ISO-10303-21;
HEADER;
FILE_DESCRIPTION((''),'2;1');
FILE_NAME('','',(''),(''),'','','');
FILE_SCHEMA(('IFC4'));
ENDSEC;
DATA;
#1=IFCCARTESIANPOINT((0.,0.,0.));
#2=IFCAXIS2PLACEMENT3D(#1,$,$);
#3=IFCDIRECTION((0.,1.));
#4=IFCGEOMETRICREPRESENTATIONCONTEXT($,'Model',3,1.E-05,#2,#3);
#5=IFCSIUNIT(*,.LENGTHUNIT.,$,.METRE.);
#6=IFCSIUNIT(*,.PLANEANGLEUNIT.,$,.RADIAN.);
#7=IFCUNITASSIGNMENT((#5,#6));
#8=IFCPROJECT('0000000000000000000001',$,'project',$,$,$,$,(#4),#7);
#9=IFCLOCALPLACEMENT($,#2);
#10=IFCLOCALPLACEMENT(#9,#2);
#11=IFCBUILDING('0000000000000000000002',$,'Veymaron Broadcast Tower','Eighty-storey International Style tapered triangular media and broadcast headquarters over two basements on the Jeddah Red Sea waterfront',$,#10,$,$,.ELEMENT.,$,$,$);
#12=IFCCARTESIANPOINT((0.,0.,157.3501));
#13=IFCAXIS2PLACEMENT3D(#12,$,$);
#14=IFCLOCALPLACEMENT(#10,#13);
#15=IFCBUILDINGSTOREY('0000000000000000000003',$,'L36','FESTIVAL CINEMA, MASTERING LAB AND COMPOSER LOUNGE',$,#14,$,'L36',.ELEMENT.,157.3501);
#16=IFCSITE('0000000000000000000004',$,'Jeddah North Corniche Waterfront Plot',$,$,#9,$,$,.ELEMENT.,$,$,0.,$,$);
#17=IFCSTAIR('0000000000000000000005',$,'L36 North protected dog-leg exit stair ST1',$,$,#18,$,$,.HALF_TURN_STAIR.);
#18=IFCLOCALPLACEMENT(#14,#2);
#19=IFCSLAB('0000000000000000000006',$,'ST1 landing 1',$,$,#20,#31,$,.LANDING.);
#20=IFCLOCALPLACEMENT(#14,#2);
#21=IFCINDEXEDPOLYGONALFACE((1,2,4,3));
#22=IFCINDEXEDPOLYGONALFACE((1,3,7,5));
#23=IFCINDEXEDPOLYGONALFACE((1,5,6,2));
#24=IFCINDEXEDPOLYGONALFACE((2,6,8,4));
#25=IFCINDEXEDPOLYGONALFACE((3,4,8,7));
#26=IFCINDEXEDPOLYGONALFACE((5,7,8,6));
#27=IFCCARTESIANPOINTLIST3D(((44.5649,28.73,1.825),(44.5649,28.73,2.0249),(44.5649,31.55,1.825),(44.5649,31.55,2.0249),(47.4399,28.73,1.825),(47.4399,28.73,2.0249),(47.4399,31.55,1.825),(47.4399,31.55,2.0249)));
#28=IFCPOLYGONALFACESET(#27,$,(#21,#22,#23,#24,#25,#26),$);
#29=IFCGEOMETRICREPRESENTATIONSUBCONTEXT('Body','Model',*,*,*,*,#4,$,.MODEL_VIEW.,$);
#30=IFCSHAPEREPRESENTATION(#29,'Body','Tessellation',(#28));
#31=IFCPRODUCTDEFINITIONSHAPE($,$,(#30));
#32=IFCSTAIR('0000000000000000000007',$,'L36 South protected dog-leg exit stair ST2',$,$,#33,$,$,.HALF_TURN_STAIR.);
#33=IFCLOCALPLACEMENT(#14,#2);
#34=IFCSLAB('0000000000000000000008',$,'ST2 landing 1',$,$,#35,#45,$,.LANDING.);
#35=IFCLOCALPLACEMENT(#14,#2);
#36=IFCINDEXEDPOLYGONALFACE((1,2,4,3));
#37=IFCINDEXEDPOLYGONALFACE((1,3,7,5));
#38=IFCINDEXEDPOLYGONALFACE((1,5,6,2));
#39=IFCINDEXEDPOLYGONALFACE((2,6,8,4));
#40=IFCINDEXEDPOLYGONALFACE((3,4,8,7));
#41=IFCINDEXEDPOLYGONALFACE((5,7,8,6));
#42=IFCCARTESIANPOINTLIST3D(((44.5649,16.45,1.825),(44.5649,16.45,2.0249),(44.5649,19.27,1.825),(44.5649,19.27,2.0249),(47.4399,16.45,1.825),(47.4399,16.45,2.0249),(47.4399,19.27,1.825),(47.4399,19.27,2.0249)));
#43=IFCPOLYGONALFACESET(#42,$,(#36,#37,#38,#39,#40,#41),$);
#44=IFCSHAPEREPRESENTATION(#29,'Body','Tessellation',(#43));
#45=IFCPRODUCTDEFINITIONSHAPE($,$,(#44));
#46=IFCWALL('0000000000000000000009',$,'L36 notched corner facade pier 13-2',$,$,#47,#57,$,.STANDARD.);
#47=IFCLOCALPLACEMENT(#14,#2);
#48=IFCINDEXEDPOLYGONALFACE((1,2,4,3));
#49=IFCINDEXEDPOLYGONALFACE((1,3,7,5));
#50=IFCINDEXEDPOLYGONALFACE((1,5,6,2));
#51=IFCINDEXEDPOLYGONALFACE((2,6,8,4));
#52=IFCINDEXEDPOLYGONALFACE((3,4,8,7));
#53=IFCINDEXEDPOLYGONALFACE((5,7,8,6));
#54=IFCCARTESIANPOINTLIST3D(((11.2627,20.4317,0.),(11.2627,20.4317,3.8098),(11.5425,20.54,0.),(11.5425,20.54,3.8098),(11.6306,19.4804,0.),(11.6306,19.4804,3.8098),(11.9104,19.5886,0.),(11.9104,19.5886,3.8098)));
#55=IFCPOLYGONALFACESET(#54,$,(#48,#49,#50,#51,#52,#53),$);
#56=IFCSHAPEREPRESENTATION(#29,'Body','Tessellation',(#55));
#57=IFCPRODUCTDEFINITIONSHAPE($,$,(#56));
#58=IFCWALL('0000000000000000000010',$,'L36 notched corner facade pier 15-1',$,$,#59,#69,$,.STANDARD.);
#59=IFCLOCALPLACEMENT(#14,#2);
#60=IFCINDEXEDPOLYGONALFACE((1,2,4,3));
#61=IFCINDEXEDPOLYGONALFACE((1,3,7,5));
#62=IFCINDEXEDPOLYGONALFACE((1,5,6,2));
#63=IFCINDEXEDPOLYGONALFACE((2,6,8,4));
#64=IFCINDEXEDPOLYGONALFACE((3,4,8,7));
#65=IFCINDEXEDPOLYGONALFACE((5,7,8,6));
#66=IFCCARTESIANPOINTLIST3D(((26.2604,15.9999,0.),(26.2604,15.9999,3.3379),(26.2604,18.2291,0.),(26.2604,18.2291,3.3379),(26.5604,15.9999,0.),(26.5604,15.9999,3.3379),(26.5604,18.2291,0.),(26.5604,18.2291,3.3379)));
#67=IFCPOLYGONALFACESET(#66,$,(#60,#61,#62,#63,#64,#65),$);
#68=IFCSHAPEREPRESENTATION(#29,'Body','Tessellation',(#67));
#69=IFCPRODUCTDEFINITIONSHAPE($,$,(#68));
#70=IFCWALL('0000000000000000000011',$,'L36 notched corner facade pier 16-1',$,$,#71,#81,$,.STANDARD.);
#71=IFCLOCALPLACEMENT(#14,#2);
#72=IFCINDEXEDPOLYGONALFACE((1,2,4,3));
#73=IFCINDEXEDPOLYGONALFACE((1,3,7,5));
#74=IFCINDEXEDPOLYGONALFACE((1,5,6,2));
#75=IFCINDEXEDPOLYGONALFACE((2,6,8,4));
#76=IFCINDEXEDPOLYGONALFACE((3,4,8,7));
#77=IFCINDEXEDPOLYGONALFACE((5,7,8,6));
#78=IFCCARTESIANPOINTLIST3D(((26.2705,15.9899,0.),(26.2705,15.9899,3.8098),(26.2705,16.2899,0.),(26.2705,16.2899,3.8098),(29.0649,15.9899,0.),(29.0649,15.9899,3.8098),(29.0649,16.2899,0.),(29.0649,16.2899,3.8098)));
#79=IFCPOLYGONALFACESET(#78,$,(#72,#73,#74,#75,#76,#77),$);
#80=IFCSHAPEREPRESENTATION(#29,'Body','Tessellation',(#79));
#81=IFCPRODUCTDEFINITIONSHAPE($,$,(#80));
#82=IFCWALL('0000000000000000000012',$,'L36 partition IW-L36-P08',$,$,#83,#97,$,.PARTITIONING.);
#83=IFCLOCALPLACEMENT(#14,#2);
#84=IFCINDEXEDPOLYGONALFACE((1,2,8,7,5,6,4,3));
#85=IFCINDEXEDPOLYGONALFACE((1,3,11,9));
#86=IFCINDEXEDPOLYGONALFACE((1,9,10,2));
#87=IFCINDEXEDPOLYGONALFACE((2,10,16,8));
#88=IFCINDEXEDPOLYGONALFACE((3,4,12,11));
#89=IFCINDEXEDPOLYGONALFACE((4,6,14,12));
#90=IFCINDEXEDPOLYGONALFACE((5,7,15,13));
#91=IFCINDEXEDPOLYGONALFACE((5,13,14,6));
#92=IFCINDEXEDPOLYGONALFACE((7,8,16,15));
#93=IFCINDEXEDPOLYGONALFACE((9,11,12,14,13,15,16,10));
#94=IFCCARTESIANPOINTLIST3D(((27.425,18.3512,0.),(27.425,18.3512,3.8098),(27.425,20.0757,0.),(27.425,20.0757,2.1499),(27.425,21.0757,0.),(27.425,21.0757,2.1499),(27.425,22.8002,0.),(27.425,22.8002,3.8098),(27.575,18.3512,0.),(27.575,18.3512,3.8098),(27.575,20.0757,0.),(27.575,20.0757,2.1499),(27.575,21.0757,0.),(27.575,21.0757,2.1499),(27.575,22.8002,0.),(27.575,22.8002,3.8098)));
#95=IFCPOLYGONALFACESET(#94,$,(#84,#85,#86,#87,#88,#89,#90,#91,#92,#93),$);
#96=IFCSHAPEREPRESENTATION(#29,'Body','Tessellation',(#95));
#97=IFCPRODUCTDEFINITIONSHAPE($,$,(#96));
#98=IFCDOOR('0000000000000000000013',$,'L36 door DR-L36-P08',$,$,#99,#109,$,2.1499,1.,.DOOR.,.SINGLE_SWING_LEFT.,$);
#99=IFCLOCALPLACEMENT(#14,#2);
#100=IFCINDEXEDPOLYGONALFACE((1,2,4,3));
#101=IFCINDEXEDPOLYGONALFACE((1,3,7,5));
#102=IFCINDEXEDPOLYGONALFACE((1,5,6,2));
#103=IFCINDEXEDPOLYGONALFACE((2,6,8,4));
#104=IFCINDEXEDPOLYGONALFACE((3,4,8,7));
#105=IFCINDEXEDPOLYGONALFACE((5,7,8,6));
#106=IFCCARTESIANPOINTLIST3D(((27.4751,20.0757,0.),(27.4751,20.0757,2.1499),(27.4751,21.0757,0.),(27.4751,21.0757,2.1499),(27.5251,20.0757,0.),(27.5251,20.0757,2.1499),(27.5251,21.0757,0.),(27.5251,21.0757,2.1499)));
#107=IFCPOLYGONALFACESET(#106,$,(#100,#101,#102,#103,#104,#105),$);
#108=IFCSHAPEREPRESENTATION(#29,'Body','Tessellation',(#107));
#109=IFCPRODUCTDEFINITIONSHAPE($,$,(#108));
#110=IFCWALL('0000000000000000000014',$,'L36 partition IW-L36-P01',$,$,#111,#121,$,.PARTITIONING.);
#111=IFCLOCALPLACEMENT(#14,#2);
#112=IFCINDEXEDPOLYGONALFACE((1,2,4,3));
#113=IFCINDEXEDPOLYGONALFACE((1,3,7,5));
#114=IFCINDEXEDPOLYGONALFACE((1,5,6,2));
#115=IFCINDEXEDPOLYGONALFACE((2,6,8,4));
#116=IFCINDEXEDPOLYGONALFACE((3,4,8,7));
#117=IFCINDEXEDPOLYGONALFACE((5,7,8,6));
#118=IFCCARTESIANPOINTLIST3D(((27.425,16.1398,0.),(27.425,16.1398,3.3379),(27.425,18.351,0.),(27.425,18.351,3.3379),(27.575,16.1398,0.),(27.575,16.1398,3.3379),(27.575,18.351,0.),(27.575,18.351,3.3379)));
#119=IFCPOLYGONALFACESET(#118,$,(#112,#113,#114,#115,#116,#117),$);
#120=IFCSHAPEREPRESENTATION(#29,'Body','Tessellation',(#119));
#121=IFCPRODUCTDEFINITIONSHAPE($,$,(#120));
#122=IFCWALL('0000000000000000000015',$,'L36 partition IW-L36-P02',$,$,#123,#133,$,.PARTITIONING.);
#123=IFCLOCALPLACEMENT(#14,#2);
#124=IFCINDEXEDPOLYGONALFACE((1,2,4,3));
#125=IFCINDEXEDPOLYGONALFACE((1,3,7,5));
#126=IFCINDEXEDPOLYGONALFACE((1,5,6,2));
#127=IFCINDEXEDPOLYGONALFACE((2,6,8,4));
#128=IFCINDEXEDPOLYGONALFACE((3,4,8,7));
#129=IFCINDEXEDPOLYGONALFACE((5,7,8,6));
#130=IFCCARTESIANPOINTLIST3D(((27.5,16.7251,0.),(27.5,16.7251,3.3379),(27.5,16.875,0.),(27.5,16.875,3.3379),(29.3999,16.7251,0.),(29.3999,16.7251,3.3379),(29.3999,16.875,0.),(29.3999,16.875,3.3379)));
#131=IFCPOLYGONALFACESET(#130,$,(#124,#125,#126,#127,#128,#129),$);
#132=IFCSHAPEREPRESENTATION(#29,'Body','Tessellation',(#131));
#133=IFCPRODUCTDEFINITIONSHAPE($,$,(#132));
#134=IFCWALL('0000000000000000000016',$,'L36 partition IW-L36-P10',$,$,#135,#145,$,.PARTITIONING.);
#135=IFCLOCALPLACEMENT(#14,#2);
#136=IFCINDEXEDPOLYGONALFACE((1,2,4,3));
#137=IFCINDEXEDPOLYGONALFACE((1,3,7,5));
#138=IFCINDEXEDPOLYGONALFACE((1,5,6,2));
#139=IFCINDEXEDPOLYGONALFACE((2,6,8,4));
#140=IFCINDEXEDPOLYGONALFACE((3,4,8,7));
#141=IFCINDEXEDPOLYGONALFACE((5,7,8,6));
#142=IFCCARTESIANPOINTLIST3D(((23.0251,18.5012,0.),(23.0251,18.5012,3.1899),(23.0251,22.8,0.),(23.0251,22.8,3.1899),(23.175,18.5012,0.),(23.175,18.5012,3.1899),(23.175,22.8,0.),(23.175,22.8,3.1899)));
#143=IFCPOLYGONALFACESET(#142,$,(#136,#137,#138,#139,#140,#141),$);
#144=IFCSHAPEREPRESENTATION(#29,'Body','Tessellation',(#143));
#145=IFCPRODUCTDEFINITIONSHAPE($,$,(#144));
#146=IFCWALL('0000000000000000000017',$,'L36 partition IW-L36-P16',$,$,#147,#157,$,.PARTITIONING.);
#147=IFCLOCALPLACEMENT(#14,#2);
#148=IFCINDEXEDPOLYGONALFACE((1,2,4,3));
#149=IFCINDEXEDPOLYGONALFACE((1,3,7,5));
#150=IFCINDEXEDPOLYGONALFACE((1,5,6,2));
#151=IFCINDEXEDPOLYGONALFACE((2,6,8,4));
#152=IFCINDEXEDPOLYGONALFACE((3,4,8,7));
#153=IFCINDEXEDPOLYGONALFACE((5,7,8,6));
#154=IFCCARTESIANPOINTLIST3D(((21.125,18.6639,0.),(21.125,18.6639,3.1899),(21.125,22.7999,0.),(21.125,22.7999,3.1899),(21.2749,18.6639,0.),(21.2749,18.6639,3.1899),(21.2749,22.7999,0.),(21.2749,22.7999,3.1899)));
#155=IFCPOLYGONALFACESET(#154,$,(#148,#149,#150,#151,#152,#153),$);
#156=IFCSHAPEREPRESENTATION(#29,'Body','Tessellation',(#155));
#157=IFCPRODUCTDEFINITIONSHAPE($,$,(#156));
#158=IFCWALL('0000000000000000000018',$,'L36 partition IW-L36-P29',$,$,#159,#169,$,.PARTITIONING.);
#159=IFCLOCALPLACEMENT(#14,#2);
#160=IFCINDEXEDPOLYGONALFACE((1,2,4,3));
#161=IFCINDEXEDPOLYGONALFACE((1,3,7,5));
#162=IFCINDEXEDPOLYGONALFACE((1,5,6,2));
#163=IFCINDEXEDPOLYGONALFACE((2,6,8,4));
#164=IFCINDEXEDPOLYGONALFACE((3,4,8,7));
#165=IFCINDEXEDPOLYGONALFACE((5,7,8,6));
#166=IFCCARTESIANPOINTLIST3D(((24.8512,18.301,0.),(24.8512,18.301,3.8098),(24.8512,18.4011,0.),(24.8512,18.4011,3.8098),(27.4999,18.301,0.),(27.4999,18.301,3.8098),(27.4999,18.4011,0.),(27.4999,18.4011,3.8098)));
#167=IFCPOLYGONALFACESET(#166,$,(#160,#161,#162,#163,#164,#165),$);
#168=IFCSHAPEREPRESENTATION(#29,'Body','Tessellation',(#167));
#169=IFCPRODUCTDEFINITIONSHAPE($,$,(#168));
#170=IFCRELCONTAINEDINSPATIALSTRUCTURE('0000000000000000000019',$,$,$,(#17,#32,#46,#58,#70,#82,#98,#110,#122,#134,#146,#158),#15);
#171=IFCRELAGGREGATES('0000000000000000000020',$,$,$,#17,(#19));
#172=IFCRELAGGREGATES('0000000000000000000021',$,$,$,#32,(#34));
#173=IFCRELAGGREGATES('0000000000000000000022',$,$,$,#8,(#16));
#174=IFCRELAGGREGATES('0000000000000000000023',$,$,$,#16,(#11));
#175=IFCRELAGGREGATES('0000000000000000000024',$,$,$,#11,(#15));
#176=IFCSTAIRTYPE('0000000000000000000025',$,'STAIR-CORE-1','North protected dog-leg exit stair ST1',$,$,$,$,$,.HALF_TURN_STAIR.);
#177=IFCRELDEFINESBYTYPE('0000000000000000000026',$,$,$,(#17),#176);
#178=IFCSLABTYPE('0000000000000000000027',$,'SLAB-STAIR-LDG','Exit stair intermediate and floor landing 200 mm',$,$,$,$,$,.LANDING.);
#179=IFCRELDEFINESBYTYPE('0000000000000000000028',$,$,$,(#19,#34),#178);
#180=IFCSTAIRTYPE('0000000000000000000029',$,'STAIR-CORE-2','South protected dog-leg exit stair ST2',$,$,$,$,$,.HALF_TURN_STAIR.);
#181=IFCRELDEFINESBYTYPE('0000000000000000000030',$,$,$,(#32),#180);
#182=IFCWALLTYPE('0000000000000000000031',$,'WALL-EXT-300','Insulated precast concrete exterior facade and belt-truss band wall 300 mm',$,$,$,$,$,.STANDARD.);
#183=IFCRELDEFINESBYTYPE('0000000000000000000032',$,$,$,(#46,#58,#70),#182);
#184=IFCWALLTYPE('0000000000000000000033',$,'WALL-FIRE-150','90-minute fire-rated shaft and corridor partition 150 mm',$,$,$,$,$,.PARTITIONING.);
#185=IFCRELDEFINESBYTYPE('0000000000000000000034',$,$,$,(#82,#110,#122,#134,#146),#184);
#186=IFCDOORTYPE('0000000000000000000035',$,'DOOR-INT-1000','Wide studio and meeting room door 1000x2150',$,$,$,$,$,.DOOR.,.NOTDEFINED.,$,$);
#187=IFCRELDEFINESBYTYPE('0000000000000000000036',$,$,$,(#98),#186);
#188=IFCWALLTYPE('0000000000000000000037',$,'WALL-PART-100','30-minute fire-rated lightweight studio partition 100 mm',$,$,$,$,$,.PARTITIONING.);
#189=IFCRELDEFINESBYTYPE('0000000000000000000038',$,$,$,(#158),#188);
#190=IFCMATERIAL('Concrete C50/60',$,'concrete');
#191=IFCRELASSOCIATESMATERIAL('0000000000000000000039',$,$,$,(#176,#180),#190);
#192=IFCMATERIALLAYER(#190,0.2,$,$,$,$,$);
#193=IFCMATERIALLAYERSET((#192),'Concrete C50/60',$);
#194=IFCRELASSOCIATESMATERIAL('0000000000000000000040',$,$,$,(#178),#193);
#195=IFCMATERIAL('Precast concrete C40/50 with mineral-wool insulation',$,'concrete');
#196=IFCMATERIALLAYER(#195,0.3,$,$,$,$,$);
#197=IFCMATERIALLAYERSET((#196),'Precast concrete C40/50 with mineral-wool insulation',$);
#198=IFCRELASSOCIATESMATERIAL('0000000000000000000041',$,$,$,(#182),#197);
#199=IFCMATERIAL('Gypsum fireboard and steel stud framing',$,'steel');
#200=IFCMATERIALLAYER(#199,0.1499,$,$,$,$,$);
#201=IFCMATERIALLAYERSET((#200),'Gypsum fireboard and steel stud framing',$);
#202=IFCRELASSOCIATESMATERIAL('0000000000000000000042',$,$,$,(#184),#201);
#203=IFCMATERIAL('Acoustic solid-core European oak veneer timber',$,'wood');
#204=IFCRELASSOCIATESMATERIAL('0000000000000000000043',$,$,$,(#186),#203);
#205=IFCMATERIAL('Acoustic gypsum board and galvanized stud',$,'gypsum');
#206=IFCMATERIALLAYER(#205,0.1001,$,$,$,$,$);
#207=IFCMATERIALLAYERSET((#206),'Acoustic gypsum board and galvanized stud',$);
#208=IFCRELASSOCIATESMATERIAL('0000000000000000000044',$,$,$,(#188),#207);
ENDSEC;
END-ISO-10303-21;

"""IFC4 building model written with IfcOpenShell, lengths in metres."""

from ifc_helpers import new_model, si_unit, direction, frame, frame_2d, origin, place, context, subcontext, project, spatial, polyline, rectangle, outline, extrude, material, layer, layer_set, type_object, element, fill, aggregate, save


model = new_model("IFC4")

# Units and contexts
model_context = context("Model", 3, precision=1e-05, world=origin(), true_north=direction((0.0, 1.0)))
body_context = subcontext(model_context, "Body", "Model", "MODEL_VIEW")
ifc_project = project(units=[si_unit("LENGTHUNIT", "METRE"), si_unit("PLANEANGLEUNIT", "RADIAN")], contexts=[model_context])

# Site, building, storey
site_placement = place(None, origin())
site = spatial("IfcSite", under=ifc_project, at=site_placement, Name="Jeddah North Corniche Waterfront Plot", CompositionType="ELEMENT", RefElevation=0.0)
building_placement = place(site_placement, origin())
building = spatial("IfcBuilding", under=site, at=building_placement, Name="Veymaron Broadcast Tower", Description="Eighty-storey International Style tapered triangular media and broadcast headquarters over two basements on the Jeddah Red Sea waterfront", CompositionType="ELEMENT")
storey_placement = place(building_placement, frame((0.0, 0.0, 157.3501)))
storey = spatial("IfcBuildingStorey", under=building, at=storey_placement, Name="L36", Description="FESTIVAL CINEMA, MASTERING LAB AND COMPOSER LOUNGE", LongName="L36", CompositionType="ELEMENT", Elevation=157.3501)

# Stairs, slabs
ifc_material_1 = material(Name="Concrete C50/60", Category="concrete")
stair_type_1 = type_object("IfcStairType", Name="STAIR-CORE-1", Description="North protected dog-leg exit stair ST1", PredefinedType="HALF_TURN_STAIR", material=ifc_material_1)
stair_1_placement = place(storey_placement, origin())
stair_1 = element("IfcStair", 1, at=stair_1_placement, inside=storey, type_object=stair_type_1, Name="L36 North protected dog-leg exit stair ST1", PredefinedType="HALF_TURN_STAIR")
ifc_layer_1 = layer(ifc_material_1, 0.2)
ifc_layer_set_1 = layer_set([ifc_layer_1], Name="Concrete C50/60")
slab_type_1 = type_object("IfcSlabType", Name="SLAB-STAIR-LDG", Description="Exit stair intermediate and floor landing 200 mm", PredefinedType="LANDING", material=ifc_layer_set_1)
slab_1_placement = place(storey_placement, frame((0.0, 0.0, 1.825)))
slab_1 = element("IfcSlab", 2, at=slab_1_placement, type_object=slab_type_1, Name="ST1 landing 1", PredefinedType="LANDING", context=body_context, shape_type="SweptSolid", body=[
    extrude(outline(polyline([(44.5649, 28.73), (47.4399, 28.73), (47.4399, 31.55), (44.5649, 31.55), (44.5649, 28.73)])), origin(), (0.0, 0.0, 1.0), 0.2),
])
aggregate(stair_1, [slab_1])
stair_type_2 = type_object("IfcStairType", Name="STAIR-CORE-2", Description="South protected dog-leg exit stair ST2", PredefinedType="HALF_TURN_STAIR", material=ifc_material_1)
stair_2_placement = place(storey_placement, origin())
stair_2 = element("IfcStair", 3, at=stair_2_placement, inside=storey, type_object=stair_type_2, Name="L36 South protected dog-leg exit stair ST2", PredefinedType="HALF_TURN_STAIR")
slab_2_placement = place(storey_placement, frame((0.0, 0.0, 1.825)))
slab_2 = element("IfcSlab", 4, at=slab_2_placement, type_object=slab_type_1, Name="ST2 landing 1", PredefinedType="LANDING", context=body_context, shape_type="SweptSolid", body=[
    extrude(outline(polyline([(44.5649, 16.45), (47.4399, 16.45), (47.4399, 19.27), (44.5649, 19.27), (44.5649, 16.45)])), origin(), (0.0, 0.0, 1.0), 0.2),
])
aggregate(stair_2, [slab_2])

# Walls
ifc_material_2 = material(Name="Precast concrete C40/50 with mineral-wool insulation", Category="concrete")
ifc_layer_2 = layer(ifc_material_2, 0.3)
ifc_layer_set_2 = layer_set([ifc_layer_2], Name="Precast concrete C40/50 with mineral-wool insulation")
wall_type_1 = type_object("IfcWallType", Name="WALL-EXT-300", Description="Insulated precast concrete exterior facade and belt-truss band wall 300 mm", PredefinedType="STANDARD", material=ifc_layer_set_2)
wall_1_placement = place(storey_placement, frame((11.4026, 20.4858, 0.0), z_axis=(0.0, 0.0, 1.0), x_axis=(0.360679, -0.93269, 0.0)))
element("IfcWall", 5, at=wall_1_placement, inside=storey, type_object=wall_type_1, Name="L36 notched corner facade pier 13-2", PredefinedType="STANDARD", context=body_context, shape_type="SweptSolid", body=[
    extrude(rectangle(XDim=1.02, YDim=0.3, at=frame_2d((0.51, 0.0))), origin(), (0.0, 0.0, 1.0), 3.8098),
])
wall_2_placement = place(storey_placement, frame((26.4104, 18.2292, 0.0), z_axis=(0.0, 0.0, 1.0), x_axis=(0.0, -1.0, 0.0)))
element("IfcWall", 6, at=wall_2_placement, inside=storey, type_object=wall_type_1, Name="L36 notched corner facade pier 15-1", PredefinedType="STANDARD", context=body_context, shape_type="SweptSolid", body=[
    extrude(rectangle(XDim=2.2292, YDim=0.3, at=frame_2d((1.1147, 0.0))), origin(), (0.0, 0.0, 1.0), 3.3379),
])
wall_3_placement = place(storey_placement, frame((26.2705, 16.1399, 0.0), z_axis=(0.0, 0.0, 1.0), x_axis=(1.0, 0.0, 0.0)))
element("IfcWall", 7, at=wall_3_placement, inside=storey, type_object=wall_type_1, Name="L36 notched corner facade pier 16-1", PredefinedType="STANDARD", context=body_context, shape_type="SweptSolid", body=[
    extrude(rectangle(XDim=2.7944, YDim=0.3, at=frame_2d((1.3972, 0.0))), origin(), (0.0, 0.0, 1.0), 3.8098),
])

# Wall, opening, door
ifc_material_3 = material(Name="Gypsum fireboard and steel stud framing", Category="steel")
ifc_layer_3 = layer(ifc_material_3, 0.1499)
ifc_layer_set_3 = layer_set([ifc_layer_3], Name="Gypsum fireboard and steel stud framing")
wall_type_2 = type_object("IfcWallType", Name="WALL-FIRE-150", Description="90-minute fire-rated shaft and corridor partition 150 mm", PredefinedType="PARTITIONING", material=ifc_layer_set_3)
wall_4_placement = place(storey_placement, frame((27.5, 18.3511, 0.0), z_axis=(0.0, 0.0, 1.0), x_axis=(0.0, 1.0, 0.0)))
wall_4 = element("IfcWall", 8, at=wall_4_placement, inside=storey, type_object=wall_type_2, Name="L36 partition IW-L36-P08", PredefinedType="PARTITIONING", context=body_context, shape_type="SweptSolid", body=[
    extrude(rectangle(XDim=4.449, YDim=0.1499, at=frame_2d((2.2246, 0.0))), origin(), (0.0, 0.0, 1.0), 3.8098),
])
opening_placement = place(wall_4_placement, frame((1.7246, 0.0, 0.0)))
opening = element("IfcOpeningElement", 9, at=opening_placement, cuts=wall_4, PredefinedType="OPENING", context=body_context, shape_type="SweptSolid", body=[
    extrude(rectangle(XDim=1.0, YDim=2.1499, at=frame_2d((0.5, 1.075))), frame((0.0, 0.085, 0.0), z_axis=(0.0, -1.0, 0.0), x_axis=(1.0, 0.0, 0.0)), (0.0, 0.0, 1.0), 0.1699),
])
ifc_material_4 = material(Name="Acoustic solid-core European oak veneer timber", Category="wood")
door_type = type_object("IfcDoorType", Name="DOOR-INT-1000", Description="Wide studio and meeting room door 1000x2150", OperationType="NOTDEFINED", PredefinedType="DOOR", material=ifc_material_4)
door_placement = place(opening_placement, origin())
door = element("IfcDoor", 10, at=door_placement, inside=storey, type_object=door_type, Name="L36 door DR-L36-P08", OperationType="SINGLE_SWING_LEFT", OverallHeight=2.1499, OverallWidth=1.0, PredefinedType="DOOR", context=body_context, shape_type="SweptSolid", body=[
    extrude(rectangle(XDim=1.0, YDim=2.1499, at=frame_2d((0.5, 1.075))), frame((0.0, 0.0249, 0.0), z_axis=(0.0, -1.0, 0.0), x_axis=(1.0, 0.0, 0.0)), (0.0, 0.0, 1.0), 0.05),
])
fill(opening, door)

# Walls
wall_5_placement = place(storey_placement, frame((27.5, 16.1399, 0.0), z_axis=(0.0, 0.0, 1.0), x_axis=(0.0, 1.0, 0.0)))
element("IfcWall", 11, at=wall_5_placement, inside=storey, type_object=wall_type_2, Name="L36 partition IW-L36-P01", PredefinedType="PARTITIONING", context=body_context, shape_type="SweptSolid", body=[
    extrude(rectangle(XDim=2.2112, YDim=0.1499, at=frame_2d((1.1055, 0.0))), origin(), (0.0, 0.0, 1.0), 3.3379),
])
wall_6_placement = place(storey_placement, frame((27.5, 16.8, 0.0), z_axis=(0.0, 0.0, 1.0), x_axis=(1.0, 0.0, 0.0)))
element("IfcWall", 12, at=wall_6_placement, inside=storey, type_object=wall_type_2, Name="L36 partition IW-L36-P02", PredefinedType="PARTITIONING", context=body_context, shape_type="SweptSolid", body=[
    extrude(rectangle(XDim=1.8999, YDim=0.1499, at=frame_2d((0.95, 0.0))), origin(), (0.0, 0.0, 1.0), 3.3379),
])
wall_7_placement = place(storey_placement, frame((23.1001, 18.5012, 0.0), z_axis=(0.0, 0.0, 1.0), x_axis=(0.0, 1.0, 0.0)))
element("IfcWall", 13, at=wall_7_placement, inside=storey, type_object=wall_type_2, Name="L36 partition IW-L36-P10", PredefinedType="PARTITIONING", context=body_context, shape_type="SweptSolid", body=[
    extrude(rectangle(XDim=4.2988, YDim=0.1499, at=frame_2d((2.1494, 0.0))), origin(), (0.0, 0.0, 1.0), 3.1899),
])
wall_8_placement = place(storey_placement, frame((21.2, 18.6641, 0.0), z_axis=(0.0, 0.0, 1.0), x_axis=(0.0, 1.0, 0.0)))
element("IfcWall", 14, at=wall_8_placement, inside=storey, type_object=wall_type_2, Name="L36 partition IW-L36-P16", PredefinedType="PARTITIONING", context=body_context, shape_type="SweptSolid", body=[
    extrude(rectangle(XDim=4.136, YDim=0.1499, at=frame_2d((2.0679, 0.0))), origin(), (0.0, 0.0, 1.0), 3.1899),
])
ifc_material_5 = material(Name="Acoustic gypsum board and galvanized stud", Category="gypsum")
ifc_layer_4 = layer(ifc_material_5, 0.1001)
ifc_layer_set_4 = layer_set([ifc_layer_4], Name="Acoustic gypsum board and galvanized stud")
wall_type_3 = type_object("IfcWallType", Name="WALL-PART-100", Description="30-minute fire-rated lightweight studio partition 100 mm", PredefinedType="PARTITIONING", material=ifc_layer_set_4)
wall_9_placement = place(storey_placement, frame((24.8513, 18.3511, 0.0), z_axis=(0.0, 0.0, 1.0), x_axis=(1.0, 0.0, 0.0)))
element("IfcWall", 15, at=wall_9_placement, inside=storey, type_object=wall_type_3, Name="L36 partition IW-L36-P29", PredefinedType="PARTITIONING", context=body_context, shape_type="SweptSolid", body=[
    extrude(rectangle(XDim=2.6487, YDim=0.1001, at=frame_2d((1.3242, 0.0))), origin(), (0.0, 0.0, 1.0), 3.8098),
])

save(model, "model.ifc")
